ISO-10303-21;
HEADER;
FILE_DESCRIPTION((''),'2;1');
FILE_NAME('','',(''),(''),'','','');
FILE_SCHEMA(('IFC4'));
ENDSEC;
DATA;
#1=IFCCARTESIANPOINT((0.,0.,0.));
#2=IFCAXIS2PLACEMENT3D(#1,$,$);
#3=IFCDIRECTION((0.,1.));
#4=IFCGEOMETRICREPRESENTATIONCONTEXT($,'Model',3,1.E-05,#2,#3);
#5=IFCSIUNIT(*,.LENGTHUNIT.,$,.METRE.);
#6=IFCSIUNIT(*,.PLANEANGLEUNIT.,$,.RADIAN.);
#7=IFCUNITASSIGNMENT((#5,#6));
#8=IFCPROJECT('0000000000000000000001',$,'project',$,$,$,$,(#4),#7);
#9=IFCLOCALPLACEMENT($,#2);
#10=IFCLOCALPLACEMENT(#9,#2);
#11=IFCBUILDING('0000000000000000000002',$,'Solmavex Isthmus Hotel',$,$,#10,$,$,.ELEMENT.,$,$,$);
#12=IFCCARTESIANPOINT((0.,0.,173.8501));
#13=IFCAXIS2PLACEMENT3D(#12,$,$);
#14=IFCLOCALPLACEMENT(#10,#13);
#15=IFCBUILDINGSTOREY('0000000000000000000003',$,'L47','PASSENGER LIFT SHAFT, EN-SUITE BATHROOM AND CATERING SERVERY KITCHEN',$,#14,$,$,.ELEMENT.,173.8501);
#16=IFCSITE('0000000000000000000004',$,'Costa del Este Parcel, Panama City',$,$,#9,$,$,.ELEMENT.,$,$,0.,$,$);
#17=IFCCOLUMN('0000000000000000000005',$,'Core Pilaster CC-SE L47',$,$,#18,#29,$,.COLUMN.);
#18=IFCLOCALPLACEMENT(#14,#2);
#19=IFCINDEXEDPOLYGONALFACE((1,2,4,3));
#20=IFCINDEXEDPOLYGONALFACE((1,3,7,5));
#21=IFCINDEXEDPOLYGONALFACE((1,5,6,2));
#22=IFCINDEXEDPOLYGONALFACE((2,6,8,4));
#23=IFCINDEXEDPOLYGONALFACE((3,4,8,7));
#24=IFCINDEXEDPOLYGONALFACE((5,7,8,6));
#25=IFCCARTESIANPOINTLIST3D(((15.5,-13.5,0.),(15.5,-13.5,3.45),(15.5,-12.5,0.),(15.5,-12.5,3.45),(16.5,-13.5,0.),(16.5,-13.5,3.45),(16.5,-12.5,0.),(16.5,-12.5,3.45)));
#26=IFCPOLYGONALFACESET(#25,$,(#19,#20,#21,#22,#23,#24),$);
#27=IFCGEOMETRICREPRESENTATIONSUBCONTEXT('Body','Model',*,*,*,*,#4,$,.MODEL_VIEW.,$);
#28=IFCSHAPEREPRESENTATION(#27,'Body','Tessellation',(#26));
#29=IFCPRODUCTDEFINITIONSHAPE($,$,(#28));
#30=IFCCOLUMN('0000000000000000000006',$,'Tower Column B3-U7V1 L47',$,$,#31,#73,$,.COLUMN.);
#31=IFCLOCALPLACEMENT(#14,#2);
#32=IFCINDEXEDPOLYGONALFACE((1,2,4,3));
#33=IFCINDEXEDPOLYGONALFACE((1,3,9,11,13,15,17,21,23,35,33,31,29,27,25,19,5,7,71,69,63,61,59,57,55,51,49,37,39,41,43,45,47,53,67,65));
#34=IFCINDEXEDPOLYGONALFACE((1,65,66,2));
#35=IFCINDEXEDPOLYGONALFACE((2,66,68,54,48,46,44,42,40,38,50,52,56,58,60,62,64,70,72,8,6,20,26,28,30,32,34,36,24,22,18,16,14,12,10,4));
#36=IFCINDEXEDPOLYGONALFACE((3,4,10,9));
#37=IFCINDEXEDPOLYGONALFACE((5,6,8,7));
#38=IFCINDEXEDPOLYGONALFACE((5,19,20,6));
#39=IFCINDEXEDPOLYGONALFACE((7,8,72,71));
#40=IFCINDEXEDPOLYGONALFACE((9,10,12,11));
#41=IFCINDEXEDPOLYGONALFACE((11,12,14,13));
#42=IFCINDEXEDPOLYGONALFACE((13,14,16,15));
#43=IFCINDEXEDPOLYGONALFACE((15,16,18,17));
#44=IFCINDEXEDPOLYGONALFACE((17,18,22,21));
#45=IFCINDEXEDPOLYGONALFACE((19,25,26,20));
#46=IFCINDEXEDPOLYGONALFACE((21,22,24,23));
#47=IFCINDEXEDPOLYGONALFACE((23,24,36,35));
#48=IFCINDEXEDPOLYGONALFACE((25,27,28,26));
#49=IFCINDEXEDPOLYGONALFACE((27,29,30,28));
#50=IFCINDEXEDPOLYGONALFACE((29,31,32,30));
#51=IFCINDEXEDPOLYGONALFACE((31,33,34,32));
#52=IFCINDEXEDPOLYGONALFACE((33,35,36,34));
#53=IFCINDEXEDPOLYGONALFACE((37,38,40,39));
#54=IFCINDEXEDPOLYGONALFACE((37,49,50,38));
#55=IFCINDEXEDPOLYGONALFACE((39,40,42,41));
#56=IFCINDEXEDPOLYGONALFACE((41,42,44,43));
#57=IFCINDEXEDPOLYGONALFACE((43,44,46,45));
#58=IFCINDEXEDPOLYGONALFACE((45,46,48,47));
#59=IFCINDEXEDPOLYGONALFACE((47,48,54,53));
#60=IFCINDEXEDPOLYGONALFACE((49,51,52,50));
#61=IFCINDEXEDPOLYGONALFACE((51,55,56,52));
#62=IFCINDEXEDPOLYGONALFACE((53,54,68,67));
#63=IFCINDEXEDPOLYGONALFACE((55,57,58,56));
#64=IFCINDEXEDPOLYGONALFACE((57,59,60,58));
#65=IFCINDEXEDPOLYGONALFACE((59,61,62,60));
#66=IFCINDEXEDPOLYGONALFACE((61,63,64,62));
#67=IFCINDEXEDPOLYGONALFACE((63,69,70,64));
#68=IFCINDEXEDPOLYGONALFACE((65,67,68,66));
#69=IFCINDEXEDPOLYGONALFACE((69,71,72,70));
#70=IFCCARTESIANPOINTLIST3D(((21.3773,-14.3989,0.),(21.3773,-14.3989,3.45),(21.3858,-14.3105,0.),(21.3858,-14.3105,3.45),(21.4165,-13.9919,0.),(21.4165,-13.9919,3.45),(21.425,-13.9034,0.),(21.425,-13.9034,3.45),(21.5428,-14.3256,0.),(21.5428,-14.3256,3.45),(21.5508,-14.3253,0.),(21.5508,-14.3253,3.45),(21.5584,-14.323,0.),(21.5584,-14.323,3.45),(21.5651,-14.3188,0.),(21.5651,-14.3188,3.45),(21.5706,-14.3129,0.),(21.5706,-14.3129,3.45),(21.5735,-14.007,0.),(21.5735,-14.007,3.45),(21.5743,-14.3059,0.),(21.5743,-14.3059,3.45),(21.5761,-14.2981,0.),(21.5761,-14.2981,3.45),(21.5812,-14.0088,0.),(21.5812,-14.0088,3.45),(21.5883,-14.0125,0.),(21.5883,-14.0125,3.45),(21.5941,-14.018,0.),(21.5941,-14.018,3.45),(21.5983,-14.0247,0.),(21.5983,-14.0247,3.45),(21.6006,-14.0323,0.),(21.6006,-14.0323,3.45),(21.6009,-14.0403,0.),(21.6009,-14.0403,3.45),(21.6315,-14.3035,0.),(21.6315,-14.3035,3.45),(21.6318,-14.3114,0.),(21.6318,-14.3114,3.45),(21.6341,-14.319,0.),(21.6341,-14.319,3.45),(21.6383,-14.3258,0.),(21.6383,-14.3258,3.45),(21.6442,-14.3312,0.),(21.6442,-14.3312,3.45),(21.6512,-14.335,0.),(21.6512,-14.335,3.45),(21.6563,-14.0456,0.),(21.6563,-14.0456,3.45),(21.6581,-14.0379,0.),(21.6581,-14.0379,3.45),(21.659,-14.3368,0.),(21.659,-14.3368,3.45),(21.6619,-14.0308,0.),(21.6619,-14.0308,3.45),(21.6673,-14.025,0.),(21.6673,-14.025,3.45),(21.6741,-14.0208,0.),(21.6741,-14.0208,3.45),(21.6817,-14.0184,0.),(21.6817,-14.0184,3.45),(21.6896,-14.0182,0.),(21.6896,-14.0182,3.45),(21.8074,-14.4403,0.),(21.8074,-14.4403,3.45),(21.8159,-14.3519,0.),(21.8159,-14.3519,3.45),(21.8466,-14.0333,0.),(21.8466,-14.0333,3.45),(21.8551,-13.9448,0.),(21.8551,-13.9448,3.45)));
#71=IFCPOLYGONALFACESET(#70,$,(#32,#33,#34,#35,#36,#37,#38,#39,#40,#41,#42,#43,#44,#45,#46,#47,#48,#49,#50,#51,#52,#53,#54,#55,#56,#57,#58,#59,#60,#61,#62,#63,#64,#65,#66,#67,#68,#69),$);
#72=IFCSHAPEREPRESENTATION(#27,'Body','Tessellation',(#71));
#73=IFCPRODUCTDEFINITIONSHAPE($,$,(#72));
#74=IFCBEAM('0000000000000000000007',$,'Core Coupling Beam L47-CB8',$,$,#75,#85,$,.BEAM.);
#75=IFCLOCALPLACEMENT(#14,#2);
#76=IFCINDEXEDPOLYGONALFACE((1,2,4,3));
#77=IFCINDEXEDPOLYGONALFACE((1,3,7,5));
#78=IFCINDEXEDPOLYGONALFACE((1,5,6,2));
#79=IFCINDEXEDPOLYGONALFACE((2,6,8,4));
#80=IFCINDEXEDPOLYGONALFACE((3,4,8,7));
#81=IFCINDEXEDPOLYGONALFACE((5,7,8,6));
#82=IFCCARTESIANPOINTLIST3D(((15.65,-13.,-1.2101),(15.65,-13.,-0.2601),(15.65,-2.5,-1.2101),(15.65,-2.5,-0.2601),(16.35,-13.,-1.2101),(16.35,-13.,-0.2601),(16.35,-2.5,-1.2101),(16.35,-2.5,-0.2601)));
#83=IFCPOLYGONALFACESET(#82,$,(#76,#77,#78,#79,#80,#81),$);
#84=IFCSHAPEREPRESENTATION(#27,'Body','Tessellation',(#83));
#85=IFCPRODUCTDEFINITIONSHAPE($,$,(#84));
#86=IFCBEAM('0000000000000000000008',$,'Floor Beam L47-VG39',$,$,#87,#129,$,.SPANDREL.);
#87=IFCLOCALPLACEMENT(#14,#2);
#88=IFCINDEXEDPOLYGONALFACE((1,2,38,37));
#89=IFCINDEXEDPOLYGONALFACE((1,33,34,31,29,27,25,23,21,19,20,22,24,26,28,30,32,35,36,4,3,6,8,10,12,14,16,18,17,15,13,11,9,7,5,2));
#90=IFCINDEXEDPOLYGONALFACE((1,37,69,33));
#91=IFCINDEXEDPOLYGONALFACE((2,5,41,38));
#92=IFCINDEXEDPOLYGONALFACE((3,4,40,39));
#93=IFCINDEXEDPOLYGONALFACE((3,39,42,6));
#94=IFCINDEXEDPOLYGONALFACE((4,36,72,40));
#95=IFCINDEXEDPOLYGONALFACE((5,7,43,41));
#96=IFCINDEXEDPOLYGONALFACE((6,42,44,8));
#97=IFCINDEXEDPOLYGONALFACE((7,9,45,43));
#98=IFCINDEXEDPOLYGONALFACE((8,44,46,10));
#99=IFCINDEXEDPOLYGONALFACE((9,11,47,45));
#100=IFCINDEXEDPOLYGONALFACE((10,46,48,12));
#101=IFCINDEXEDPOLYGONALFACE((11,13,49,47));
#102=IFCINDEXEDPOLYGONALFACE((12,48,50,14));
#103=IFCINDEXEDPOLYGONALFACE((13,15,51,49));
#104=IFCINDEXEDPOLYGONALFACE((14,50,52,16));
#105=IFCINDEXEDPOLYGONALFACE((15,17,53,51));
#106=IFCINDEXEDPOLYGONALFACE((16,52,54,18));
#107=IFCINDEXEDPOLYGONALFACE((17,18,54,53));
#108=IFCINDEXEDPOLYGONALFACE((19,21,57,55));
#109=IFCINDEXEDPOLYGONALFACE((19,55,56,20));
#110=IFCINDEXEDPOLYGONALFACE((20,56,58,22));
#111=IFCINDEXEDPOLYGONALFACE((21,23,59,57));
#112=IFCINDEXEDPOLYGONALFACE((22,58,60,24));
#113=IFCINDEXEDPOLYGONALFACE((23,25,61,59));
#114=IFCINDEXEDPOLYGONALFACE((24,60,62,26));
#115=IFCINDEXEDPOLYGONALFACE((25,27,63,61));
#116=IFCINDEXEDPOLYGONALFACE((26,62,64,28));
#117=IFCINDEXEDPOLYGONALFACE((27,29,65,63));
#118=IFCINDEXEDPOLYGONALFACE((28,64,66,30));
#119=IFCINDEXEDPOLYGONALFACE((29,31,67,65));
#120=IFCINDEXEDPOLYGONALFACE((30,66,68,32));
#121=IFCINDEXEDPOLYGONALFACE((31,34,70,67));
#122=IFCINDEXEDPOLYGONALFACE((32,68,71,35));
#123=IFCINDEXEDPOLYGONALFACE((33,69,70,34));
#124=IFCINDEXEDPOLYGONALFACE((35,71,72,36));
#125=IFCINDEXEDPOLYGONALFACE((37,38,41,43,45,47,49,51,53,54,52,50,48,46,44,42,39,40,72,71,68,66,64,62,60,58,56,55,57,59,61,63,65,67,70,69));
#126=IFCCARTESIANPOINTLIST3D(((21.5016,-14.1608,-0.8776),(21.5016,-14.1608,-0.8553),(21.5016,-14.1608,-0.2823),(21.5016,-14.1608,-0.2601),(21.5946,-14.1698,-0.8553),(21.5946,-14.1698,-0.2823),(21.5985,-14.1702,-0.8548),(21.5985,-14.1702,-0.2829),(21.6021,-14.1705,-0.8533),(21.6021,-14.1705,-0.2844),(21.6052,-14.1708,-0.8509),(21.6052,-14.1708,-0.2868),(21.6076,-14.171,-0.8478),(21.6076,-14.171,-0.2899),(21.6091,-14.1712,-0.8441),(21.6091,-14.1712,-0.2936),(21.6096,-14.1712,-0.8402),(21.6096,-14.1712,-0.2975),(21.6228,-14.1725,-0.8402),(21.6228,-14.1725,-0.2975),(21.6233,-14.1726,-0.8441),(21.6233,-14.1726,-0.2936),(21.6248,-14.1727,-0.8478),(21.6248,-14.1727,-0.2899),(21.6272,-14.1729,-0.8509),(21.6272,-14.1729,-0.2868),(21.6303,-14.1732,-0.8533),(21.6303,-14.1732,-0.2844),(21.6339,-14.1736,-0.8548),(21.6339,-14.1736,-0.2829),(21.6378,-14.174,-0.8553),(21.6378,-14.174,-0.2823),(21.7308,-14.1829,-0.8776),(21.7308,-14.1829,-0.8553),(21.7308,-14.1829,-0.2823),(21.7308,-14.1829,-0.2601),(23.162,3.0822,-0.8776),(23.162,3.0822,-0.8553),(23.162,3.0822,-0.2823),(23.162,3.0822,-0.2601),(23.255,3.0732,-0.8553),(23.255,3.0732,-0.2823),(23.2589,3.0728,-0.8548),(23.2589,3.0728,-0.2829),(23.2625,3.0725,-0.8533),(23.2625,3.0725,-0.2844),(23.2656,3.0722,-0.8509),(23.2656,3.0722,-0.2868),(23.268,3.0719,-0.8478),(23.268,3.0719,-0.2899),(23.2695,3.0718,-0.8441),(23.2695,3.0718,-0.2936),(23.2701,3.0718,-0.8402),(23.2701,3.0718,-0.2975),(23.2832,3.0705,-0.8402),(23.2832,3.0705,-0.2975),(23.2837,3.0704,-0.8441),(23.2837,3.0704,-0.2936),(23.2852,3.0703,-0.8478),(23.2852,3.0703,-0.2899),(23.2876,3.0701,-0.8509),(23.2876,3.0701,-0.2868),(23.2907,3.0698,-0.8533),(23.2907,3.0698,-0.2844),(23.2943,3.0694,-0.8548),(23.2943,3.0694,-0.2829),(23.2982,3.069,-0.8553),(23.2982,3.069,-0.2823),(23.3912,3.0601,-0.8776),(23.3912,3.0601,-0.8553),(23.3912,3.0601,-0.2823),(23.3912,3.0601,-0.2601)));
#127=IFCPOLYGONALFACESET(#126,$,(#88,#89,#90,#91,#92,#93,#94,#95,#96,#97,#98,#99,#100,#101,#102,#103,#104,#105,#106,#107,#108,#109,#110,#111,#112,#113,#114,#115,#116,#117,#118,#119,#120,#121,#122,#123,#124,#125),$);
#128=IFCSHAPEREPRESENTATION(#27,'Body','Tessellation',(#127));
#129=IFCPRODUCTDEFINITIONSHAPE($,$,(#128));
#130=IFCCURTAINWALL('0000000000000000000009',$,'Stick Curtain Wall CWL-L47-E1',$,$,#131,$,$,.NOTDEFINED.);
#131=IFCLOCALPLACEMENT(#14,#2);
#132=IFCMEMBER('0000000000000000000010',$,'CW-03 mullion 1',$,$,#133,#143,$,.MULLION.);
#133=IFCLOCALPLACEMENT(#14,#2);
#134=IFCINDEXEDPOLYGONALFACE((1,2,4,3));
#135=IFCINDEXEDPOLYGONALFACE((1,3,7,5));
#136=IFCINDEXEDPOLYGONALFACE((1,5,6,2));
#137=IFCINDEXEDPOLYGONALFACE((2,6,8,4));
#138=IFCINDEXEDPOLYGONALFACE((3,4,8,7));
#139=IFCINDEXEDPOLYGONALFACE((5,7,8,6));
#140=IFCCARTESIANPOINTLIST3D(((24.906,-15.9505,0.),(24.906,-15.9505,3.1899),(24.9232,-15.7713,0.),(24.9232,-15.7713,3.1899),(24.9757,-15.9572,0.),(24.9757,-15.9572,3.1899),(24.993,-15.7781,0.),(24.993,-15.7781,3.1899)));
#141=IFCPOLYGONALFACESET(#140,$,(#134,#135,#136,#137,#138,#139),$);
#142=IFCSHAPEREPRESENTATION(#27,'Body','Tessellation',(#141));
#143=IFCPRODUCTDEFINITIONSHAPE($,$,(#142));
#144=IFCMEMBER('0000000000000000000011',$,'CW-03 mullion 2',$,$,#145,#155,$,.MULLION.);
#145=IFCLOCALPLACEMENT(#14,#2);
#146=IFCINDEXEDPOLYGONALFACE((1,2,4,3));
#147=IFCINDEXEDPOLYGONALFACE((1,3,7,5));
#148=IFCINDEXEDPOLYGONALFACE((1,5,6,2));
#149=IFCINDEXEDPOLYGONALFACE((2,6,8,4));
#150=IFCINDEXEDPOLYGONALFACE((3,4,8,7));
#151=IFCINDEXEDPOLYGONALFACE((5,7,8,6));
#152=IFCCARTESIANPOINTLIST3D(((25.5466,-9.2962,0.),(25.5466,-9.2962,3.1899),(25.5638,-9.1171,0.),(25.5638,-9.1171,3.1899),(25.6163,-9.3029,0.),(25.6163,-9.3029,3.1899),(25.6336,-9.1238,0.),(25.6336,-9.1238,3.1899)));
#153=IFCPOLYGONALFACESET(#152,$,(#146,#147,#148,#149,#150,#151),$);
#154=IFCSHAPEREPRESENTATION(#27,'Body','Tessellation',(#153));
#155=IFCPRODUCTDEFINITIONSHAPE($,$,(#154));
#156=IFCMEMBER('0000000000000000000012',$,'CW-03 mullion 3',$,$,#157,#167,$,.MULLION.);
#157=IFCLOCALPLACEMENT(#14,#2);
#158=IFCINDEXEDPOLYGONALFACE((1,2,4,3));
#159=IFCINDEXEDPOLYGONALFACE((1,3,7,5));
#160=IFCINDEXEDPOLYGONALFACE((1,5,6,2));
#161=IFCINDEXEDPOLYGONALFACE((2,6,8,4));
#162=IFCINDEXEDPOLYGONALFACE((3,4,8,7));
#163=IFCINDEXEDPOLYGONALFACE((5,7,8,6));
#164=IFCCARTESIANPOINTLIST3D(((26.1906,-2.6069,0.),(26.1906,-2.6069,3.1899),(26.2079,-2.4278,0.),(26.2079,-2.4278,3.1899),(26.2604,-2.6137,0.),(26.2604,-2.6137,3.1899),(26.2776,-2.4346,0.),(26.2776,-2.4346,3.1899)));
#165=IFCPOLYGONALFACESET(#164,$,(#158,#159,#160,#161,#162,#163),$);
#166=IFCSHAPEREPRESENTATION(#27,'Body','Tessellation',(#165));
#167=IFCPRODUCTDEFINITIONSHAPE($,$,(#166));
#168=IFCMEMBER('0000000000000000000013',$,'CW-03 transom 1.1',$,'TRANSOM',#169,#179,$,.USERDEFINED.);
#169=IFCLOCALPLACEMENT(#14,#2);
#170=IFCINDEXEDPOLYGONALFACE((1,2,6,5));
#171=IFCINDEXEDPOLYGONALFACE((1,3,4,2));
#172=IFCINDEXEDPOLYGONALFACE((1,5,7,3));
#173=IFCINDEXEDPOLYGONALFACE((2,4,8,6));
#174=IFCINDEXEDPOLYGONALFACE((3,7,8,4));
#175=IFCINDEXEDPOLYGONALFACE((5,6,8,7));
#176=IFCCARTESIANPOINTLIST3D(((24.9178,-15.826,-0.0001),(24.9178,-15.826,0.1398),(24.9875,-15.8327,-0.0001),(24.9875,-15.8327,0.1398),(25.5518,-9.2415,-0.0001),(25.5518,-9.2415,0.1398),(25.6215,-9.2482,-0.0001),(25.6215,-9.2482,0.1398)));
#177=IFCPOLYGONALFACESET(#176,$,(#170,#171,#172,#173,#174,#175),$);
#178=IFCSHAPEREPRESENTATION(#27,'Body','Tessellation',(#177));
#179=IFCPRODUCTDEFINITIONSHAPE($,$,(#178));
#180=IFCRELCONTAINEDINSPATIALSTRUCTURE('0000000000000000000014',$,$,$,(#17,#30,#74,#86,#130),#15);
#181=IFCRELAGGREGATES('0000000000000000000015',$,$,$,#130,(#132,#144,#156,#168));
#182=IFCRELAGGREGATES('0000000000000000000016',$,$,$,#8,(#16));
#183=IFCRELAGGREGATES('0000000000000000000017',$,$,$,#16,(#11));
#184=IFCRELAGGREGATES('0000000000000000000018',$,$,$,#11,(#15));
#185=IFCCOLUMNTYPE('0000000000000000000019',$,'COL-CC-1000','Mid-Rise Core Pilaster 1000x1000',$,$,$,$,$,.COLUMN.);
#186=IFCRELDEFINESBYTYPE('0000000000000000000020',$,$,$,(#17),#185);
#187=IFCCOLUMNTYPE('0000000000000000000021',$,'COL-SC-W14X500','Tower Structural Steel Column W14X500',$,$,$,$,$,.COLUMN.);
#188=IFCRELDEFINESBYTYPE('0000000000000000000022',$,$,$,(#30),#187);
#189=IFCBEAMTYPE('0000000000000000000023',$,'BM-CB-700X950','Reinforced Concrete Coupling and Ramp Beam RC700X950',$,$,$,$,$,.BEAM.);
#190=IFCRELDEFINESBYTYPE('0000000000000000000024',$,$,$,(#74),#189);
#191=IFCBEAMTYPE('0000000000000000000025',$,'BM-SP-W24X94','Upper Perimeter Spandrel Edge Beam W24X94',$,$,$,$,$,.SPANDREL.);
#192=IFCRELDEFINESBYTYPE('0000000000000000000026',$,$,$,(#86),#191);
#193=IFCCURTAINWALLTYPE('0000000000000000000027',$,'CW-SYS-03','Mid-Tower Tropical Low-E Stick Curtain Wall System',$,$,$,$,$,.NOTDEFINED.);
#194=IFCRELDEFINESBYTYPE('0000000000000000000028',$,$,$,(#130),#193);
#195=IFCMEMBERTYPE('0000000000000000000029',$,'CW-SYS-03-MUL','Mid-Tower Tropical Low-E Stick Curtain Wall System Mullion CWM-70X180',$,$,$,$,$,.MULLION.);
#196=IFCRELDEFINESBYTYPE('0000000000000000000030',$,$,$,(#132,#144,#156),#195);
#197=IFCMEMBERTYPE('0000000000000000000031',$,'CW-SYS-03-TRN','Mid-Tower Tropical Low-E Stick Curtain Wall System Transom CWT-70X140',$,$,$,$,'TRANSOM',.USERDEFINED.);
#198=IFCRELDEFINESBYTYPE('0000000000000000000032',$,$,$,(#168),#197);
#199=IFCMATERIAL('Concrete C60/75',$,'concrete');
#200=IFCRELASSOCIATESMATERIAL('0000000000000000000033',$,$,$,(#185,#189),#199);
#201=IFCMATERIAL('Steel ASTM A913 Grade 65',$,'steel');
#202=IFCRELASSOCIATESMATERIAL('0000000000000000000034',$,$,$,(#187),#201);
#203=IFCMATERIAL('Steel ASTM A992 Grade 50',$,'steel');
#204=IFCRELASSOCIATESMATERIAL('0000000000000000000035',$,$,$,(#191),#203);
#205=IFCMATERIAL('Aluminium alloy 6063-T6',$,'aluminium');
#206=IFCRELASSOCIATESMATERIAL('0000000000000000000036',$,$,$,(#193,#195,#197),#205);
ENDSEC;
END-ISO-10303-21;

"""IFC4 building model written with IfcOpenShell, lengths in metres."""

from ifc_helpers import new_model, si_unit, direction, frame, origin, origin_2d, place, context, subcontext, project, spatial, rectangle, i_section, extrude, material, material_profile, profile_set, type_object, element, aggregate, save


model = new_model("IFC4")

# Units and contexts
model_context = context("Model", 3, precision=1e-05, world=origin(), true_north=direction((0.0, 1.0)))
body_context = subcontext(model_context, "Body", "Model", "MODEL_VIEW")
ifc_project = project(units=[si_unit("LENGTHUNIT", "METRE"), si_unit("PLANEANGLEUNIT", "RADIAN")], contexts=[model_context])

# Site, building, storey
site_placement = place(None, origin())
site = spatial("IfcSite", under=ifc_project, at=site_placement, Name="Costa del Este Parcel, Panama City", CompositionType="ELEMENT", RefElevation=0.0)
building_placement = place(site_placement, origin())
building = spatial("IfcBuilding", under=site, at=building_placement, Name="Solmavex Isthmus Hotel", CompositionType="ELEMENT")
storey_placement = place(building_placement, frame((0.0, 0.0, 173.8501)))
storey = spatial("IfcBuildingStorey", under=building, at=storey_placement, Name="L47", Description="PASSENGER LIFT SHAFT, EN-SUITE BATHROOM AND CATERING SERVERY KITCHEN", CompositionType="ELEMENT", Elevation=173.8501)

# Columns
ifc_material_1 = material(Name="Concrete C60/75", Category="concrete")
ifc_material_profile_1 = material_profile(ifc_material_1, rectangle(XDim=1.0, YDim=1.0, at=origin_2d()), Name="RC1000X1000")
ifc_profile_set_1 = profile_set([ifc_material_profile_1], Name="Concrete C60/75")
column_type_1 = type_object("IfcColumnType", Name="COL-CC-1000", Description="Mid-Rise Core Pilaster 1000x1000", PredefinedType="COLUMN", material=ifc_profile_set_1)
column_1_placement = place(storey_placement, frame((16.0, -13.0, 0.0), z_axis=(0.0, 0.0, 1.0), x_axis=(1.0, 0.0, 0.0)))
element("IfcColumn", 1, at=column_1_placement, inside=storey, type_object=column_type_1, Name="Core Pilaster CC-SE L47", PredefinedType="COLUMN", context=body_context, shape_type="SweptSolid", body=[
    extrude(rectangle(XDim=1.0, YDim=1.0, at=origin_2d()), origin(), (0.0, 0.0, 1.0), 3.45),
])
ifc_material_2 = material(Name="Steel ASTM A913 Grade 65", Category="steel")
ifc_material_profile_2 = material_profile(ifc_material_2, i_section(OverallWidth=0.4321, OverallDepth=0.4978, WebThickness=0.0557, FlangeThickness=0.0889, FilletRadius=0.0305, at=origin_2d()), Name="W14X500")
ifc_profile_set_2 = profile_set([ifc_material_profile_2], Name="Steel ASTM A913 Grade 65")
column_type_2 = type_object("IfcColumnType", Name="COL-SC-W14X500", Description="Tower Structural Steel Column W14X500", PredefinedType="COLUMN", material=ifc_profile_set_2)
column_2_placement = place(storey_placement, frame((21.6162, -14.1719, 0.0), z_axis=(0.0, 0.0, 1.0), x_axis=(0.995396, -0.095846, 0.0)))
element("IfcColumn", 2, at=column_2_placement, inside=storey, type_object=column_type_2, Name="Tower Column B3-U7V1 L47", PredefinedType="COLUMN", context=body_context, shape_type="SweptSolid", body=[
    extrude(i_section(OverallWidth=0.4321, OverallDepth=0.4978, WebThickness=0.0557, FlangeThickness=0.0889, FilletRadius=0.0305, at=origin_2d()), origin(), (0.0, 0.0, 1.0), 3.45),
])

# Beams
ifc_material_profile_3 = material_profile(ifc_material_1, rectangle(XDim=0.7, YDim=0.95, at=origin_2d()), Name="RC700X950")
ifc_profile_set_3 = profile_set([ifc_material_profile_3], Name="Concrete C60/75")
beam_type_1 = type_object("IfcBeamType", Name="BM-CB-700X950", Description="Reinforced Concrete Coupling and Ramp Beam RC700X950", PredefinedType="BEAM", material=ifc_profile_set_3)
beam_1_placement = place(storey_placement, frame((16.0, -13.0, -0.7351), z_axis=(0.0, 1.0, 0.0), x_axis=(-1.0, 0.0, 0.0)))
element("IfcBeam", 3, at=beam_1_placement, inside=storey, type_object=beam_type_1, Name="Core Coupling Beam L47-CB8", PredefinedType="BEAM", context=body_context, shape_type="SweptSolid", body=[
    extrude(rectangle(XDim=0.7, YDim=0.95, at=origin_2d()), origin(), (0.0, 0.0, 1.0), 10.5),
])
ifc_material_3 = material(Name="Steel ASTM A992 Grade 50", Category="steel")
ifc_material_profile_4 = material_profile(ifc_material_3, i_section(OverallWidth=0.2302, OverallDepth=0.6174, WebThickness=0.0132, FlangeThickness=0.0222, FilletRadius=0.0151, at=origin_2d()), Name="W24X94")
ifc_profile_set_4 = profile_set([ifc_material_profile_4], Name="Steel ASTM A992 Grade 50")
beam_type_2 = type_object("IfcBeamType", Name="BM-SP-W24X94", Description="Upper Perimeter Spandrel Edge Beam W24X94", PredefinedType="SPANDREL", material=ifc_profile_set_4)
beam_2_placement = place(storey_placement, frame((21.6162, -14.1719, -0.5688), z_axis=(0.095851, 0.995396, 0.0), x_axis=(-0.995396, 0.095851, 0.0)))
element("IfcBeam", 4, at=beam_2_placement, inside=storey, type_object=beam_type_2, Name="Floor Beam L47-VG39", PredefinedType="SPANDREL", context=body_context, shape_type="SweptSolid", body=[
    extrude(i_section(OverallWidth=0.2302, OverallDepth=0.6174, WebThickness=0.0132, FlangeThickness=0.0222, FilletRadius=0.0151, at=origin_2d()), origin(), (0.0, 0.0, 1.0), 17.3228),
])

# Curtain wall, members
ifc_material_4 = material(Name="Aluminium alloy 6063-T6", Category="aluminium")
curtain_wall_type = type_object("IfcCurtainWallType", Name="CW-SYS-03", Description="Mid-Tower Tropical Low-E Stick Curtain Wall System", PredefinedType="NOTDEFINED", material=ifc_material_4)
curtain_wall_placement = place(storey_placement, origin())
curtain_wall = element("IfcCurtainWall", 5, at=curtain_wall_placement, inside=storey, type_object=curtain_wall_type, Name="Stick Curtain Wall CWL-L47-E1", PredefinedType="NOTDEFINED")
ifc_material_profile_5 = material_profile(ifc_material_4, rectangle(XDim=0.0701, YDim=0.1799, at=origin_2d()), Name="CWM-70X180")
ifc_profile_set_5 = profile_set([ifc_material_profile_5], Name="Aluminium alloy 6063-T6")
member_type_1 = type_object("IfcMemberType", Name="CW-SYS-03-MUL", Description="Mid-Tower Tropical Low-E Stick Curtain Wall System Mullion CWM-70X180", PredefinedType="MULLION", material=ifc_profile_set_5)
member_1_placement = place(storey_placement, frame((24.9495, -15.8643, 0.0), z_axis=(0.0, 0.0, 1.0), x_axis=(-0.995396, 0.095846, 0.0)))
member_1 = element("IfcMember", 6, at=member_1_placement, type_object=member_type_1, Name="CW-03 mullion 1", PredefinedType="MULLION", context=body_context, shape_type="SweptSolid", body=[
    extrude(rectangle(XDim=0.0701, YDim=0.1799, at=origin_2d()), origin(), (0.0, 0.0, 1.0), 3.1899),
])
member_2_placement = place(storey_placement, frame((25.5901, -9.21, 0.0), z_axis=(0.0, 0.0, 1.0), x_axis=(-0.995396, 0.095846, 0.0)))
member_2 = element("IfcMember", 7, at=member_2_placement, type_object=member_type_1, Name="CW-03 mullion 2", PredefinedType="MULLION", context=body_context, shape_type="SweptSolid", body=[
    extrude(rectangle(XDim=0.0701, YDim=0.1799, at=origin_2d()), origin(), (0.0, 0.0, 1.0), 3.1899),
])
member_3_placement = place(storey_placement, frame((26.2341, -2.5208, 0.0), z_axis=(0.0, 0.0, 1.0), x_axis=(-0.995396, 0.095846, 0.0)))
member_3 = element("IfcMember", 8, at=member_3_placement, type_object=member_type_1, Name="CW-03 mullion 3", PredefinedType="MULLION", context=body_context, shape_type="SweptSolid", body=[
    extrude(rectangle(XDim=0.0701, YDim=0.1799, at=origin_2d()), origin(), (0.0, 0.0, 1.0), 3.1899),
])
ifc_material_profile_6 = material_profile(ifc_material_4, rectangle(XDim=0.0701, YDim=0.1399, at=origin_2d()), Name="CWT-70X140")
ifc_profile_set_6 = profile_set([ifc_material_profile_6], Name="Aluminium alloy 6063-T6")
member_type_2 = type_object("IfcMemberType", Name="CW-SYS-03-TRN", Description="Mid-Tower Tropical Low-E Stick Curtain Wall System Transom CWT-70X140", ElementType="TRANSOM", PredefinedType="USERDEFINED", material=ifc_profile_set_6)
member_4_placement = place(storey_placement, frame((24.9526, -15.8293, 0.0698), z_axis=(0.095849, 0.995396, 0.0), x_axis=(-0.995396, 0.095849, 0.0)))
member_4 = element("IfcMember", 9, at=member_4_placement, type_object=member_type_2, Name="CW-03 transom 1.1", ObjectType="TRANSOM", PredefinedType="USERDEFINED", context=body_context, shape_type="SweptSolid", body=[
    extrude(rectangle(XDim=0.0701, YDim=0.1399, at=origin_2d()), origin(), (0.0, 0.0, 1.0), 6.615),
])
aggregate(curtain_wall, [member_1, member_2, member_3, member_4])

save(model, "model.ifc")
